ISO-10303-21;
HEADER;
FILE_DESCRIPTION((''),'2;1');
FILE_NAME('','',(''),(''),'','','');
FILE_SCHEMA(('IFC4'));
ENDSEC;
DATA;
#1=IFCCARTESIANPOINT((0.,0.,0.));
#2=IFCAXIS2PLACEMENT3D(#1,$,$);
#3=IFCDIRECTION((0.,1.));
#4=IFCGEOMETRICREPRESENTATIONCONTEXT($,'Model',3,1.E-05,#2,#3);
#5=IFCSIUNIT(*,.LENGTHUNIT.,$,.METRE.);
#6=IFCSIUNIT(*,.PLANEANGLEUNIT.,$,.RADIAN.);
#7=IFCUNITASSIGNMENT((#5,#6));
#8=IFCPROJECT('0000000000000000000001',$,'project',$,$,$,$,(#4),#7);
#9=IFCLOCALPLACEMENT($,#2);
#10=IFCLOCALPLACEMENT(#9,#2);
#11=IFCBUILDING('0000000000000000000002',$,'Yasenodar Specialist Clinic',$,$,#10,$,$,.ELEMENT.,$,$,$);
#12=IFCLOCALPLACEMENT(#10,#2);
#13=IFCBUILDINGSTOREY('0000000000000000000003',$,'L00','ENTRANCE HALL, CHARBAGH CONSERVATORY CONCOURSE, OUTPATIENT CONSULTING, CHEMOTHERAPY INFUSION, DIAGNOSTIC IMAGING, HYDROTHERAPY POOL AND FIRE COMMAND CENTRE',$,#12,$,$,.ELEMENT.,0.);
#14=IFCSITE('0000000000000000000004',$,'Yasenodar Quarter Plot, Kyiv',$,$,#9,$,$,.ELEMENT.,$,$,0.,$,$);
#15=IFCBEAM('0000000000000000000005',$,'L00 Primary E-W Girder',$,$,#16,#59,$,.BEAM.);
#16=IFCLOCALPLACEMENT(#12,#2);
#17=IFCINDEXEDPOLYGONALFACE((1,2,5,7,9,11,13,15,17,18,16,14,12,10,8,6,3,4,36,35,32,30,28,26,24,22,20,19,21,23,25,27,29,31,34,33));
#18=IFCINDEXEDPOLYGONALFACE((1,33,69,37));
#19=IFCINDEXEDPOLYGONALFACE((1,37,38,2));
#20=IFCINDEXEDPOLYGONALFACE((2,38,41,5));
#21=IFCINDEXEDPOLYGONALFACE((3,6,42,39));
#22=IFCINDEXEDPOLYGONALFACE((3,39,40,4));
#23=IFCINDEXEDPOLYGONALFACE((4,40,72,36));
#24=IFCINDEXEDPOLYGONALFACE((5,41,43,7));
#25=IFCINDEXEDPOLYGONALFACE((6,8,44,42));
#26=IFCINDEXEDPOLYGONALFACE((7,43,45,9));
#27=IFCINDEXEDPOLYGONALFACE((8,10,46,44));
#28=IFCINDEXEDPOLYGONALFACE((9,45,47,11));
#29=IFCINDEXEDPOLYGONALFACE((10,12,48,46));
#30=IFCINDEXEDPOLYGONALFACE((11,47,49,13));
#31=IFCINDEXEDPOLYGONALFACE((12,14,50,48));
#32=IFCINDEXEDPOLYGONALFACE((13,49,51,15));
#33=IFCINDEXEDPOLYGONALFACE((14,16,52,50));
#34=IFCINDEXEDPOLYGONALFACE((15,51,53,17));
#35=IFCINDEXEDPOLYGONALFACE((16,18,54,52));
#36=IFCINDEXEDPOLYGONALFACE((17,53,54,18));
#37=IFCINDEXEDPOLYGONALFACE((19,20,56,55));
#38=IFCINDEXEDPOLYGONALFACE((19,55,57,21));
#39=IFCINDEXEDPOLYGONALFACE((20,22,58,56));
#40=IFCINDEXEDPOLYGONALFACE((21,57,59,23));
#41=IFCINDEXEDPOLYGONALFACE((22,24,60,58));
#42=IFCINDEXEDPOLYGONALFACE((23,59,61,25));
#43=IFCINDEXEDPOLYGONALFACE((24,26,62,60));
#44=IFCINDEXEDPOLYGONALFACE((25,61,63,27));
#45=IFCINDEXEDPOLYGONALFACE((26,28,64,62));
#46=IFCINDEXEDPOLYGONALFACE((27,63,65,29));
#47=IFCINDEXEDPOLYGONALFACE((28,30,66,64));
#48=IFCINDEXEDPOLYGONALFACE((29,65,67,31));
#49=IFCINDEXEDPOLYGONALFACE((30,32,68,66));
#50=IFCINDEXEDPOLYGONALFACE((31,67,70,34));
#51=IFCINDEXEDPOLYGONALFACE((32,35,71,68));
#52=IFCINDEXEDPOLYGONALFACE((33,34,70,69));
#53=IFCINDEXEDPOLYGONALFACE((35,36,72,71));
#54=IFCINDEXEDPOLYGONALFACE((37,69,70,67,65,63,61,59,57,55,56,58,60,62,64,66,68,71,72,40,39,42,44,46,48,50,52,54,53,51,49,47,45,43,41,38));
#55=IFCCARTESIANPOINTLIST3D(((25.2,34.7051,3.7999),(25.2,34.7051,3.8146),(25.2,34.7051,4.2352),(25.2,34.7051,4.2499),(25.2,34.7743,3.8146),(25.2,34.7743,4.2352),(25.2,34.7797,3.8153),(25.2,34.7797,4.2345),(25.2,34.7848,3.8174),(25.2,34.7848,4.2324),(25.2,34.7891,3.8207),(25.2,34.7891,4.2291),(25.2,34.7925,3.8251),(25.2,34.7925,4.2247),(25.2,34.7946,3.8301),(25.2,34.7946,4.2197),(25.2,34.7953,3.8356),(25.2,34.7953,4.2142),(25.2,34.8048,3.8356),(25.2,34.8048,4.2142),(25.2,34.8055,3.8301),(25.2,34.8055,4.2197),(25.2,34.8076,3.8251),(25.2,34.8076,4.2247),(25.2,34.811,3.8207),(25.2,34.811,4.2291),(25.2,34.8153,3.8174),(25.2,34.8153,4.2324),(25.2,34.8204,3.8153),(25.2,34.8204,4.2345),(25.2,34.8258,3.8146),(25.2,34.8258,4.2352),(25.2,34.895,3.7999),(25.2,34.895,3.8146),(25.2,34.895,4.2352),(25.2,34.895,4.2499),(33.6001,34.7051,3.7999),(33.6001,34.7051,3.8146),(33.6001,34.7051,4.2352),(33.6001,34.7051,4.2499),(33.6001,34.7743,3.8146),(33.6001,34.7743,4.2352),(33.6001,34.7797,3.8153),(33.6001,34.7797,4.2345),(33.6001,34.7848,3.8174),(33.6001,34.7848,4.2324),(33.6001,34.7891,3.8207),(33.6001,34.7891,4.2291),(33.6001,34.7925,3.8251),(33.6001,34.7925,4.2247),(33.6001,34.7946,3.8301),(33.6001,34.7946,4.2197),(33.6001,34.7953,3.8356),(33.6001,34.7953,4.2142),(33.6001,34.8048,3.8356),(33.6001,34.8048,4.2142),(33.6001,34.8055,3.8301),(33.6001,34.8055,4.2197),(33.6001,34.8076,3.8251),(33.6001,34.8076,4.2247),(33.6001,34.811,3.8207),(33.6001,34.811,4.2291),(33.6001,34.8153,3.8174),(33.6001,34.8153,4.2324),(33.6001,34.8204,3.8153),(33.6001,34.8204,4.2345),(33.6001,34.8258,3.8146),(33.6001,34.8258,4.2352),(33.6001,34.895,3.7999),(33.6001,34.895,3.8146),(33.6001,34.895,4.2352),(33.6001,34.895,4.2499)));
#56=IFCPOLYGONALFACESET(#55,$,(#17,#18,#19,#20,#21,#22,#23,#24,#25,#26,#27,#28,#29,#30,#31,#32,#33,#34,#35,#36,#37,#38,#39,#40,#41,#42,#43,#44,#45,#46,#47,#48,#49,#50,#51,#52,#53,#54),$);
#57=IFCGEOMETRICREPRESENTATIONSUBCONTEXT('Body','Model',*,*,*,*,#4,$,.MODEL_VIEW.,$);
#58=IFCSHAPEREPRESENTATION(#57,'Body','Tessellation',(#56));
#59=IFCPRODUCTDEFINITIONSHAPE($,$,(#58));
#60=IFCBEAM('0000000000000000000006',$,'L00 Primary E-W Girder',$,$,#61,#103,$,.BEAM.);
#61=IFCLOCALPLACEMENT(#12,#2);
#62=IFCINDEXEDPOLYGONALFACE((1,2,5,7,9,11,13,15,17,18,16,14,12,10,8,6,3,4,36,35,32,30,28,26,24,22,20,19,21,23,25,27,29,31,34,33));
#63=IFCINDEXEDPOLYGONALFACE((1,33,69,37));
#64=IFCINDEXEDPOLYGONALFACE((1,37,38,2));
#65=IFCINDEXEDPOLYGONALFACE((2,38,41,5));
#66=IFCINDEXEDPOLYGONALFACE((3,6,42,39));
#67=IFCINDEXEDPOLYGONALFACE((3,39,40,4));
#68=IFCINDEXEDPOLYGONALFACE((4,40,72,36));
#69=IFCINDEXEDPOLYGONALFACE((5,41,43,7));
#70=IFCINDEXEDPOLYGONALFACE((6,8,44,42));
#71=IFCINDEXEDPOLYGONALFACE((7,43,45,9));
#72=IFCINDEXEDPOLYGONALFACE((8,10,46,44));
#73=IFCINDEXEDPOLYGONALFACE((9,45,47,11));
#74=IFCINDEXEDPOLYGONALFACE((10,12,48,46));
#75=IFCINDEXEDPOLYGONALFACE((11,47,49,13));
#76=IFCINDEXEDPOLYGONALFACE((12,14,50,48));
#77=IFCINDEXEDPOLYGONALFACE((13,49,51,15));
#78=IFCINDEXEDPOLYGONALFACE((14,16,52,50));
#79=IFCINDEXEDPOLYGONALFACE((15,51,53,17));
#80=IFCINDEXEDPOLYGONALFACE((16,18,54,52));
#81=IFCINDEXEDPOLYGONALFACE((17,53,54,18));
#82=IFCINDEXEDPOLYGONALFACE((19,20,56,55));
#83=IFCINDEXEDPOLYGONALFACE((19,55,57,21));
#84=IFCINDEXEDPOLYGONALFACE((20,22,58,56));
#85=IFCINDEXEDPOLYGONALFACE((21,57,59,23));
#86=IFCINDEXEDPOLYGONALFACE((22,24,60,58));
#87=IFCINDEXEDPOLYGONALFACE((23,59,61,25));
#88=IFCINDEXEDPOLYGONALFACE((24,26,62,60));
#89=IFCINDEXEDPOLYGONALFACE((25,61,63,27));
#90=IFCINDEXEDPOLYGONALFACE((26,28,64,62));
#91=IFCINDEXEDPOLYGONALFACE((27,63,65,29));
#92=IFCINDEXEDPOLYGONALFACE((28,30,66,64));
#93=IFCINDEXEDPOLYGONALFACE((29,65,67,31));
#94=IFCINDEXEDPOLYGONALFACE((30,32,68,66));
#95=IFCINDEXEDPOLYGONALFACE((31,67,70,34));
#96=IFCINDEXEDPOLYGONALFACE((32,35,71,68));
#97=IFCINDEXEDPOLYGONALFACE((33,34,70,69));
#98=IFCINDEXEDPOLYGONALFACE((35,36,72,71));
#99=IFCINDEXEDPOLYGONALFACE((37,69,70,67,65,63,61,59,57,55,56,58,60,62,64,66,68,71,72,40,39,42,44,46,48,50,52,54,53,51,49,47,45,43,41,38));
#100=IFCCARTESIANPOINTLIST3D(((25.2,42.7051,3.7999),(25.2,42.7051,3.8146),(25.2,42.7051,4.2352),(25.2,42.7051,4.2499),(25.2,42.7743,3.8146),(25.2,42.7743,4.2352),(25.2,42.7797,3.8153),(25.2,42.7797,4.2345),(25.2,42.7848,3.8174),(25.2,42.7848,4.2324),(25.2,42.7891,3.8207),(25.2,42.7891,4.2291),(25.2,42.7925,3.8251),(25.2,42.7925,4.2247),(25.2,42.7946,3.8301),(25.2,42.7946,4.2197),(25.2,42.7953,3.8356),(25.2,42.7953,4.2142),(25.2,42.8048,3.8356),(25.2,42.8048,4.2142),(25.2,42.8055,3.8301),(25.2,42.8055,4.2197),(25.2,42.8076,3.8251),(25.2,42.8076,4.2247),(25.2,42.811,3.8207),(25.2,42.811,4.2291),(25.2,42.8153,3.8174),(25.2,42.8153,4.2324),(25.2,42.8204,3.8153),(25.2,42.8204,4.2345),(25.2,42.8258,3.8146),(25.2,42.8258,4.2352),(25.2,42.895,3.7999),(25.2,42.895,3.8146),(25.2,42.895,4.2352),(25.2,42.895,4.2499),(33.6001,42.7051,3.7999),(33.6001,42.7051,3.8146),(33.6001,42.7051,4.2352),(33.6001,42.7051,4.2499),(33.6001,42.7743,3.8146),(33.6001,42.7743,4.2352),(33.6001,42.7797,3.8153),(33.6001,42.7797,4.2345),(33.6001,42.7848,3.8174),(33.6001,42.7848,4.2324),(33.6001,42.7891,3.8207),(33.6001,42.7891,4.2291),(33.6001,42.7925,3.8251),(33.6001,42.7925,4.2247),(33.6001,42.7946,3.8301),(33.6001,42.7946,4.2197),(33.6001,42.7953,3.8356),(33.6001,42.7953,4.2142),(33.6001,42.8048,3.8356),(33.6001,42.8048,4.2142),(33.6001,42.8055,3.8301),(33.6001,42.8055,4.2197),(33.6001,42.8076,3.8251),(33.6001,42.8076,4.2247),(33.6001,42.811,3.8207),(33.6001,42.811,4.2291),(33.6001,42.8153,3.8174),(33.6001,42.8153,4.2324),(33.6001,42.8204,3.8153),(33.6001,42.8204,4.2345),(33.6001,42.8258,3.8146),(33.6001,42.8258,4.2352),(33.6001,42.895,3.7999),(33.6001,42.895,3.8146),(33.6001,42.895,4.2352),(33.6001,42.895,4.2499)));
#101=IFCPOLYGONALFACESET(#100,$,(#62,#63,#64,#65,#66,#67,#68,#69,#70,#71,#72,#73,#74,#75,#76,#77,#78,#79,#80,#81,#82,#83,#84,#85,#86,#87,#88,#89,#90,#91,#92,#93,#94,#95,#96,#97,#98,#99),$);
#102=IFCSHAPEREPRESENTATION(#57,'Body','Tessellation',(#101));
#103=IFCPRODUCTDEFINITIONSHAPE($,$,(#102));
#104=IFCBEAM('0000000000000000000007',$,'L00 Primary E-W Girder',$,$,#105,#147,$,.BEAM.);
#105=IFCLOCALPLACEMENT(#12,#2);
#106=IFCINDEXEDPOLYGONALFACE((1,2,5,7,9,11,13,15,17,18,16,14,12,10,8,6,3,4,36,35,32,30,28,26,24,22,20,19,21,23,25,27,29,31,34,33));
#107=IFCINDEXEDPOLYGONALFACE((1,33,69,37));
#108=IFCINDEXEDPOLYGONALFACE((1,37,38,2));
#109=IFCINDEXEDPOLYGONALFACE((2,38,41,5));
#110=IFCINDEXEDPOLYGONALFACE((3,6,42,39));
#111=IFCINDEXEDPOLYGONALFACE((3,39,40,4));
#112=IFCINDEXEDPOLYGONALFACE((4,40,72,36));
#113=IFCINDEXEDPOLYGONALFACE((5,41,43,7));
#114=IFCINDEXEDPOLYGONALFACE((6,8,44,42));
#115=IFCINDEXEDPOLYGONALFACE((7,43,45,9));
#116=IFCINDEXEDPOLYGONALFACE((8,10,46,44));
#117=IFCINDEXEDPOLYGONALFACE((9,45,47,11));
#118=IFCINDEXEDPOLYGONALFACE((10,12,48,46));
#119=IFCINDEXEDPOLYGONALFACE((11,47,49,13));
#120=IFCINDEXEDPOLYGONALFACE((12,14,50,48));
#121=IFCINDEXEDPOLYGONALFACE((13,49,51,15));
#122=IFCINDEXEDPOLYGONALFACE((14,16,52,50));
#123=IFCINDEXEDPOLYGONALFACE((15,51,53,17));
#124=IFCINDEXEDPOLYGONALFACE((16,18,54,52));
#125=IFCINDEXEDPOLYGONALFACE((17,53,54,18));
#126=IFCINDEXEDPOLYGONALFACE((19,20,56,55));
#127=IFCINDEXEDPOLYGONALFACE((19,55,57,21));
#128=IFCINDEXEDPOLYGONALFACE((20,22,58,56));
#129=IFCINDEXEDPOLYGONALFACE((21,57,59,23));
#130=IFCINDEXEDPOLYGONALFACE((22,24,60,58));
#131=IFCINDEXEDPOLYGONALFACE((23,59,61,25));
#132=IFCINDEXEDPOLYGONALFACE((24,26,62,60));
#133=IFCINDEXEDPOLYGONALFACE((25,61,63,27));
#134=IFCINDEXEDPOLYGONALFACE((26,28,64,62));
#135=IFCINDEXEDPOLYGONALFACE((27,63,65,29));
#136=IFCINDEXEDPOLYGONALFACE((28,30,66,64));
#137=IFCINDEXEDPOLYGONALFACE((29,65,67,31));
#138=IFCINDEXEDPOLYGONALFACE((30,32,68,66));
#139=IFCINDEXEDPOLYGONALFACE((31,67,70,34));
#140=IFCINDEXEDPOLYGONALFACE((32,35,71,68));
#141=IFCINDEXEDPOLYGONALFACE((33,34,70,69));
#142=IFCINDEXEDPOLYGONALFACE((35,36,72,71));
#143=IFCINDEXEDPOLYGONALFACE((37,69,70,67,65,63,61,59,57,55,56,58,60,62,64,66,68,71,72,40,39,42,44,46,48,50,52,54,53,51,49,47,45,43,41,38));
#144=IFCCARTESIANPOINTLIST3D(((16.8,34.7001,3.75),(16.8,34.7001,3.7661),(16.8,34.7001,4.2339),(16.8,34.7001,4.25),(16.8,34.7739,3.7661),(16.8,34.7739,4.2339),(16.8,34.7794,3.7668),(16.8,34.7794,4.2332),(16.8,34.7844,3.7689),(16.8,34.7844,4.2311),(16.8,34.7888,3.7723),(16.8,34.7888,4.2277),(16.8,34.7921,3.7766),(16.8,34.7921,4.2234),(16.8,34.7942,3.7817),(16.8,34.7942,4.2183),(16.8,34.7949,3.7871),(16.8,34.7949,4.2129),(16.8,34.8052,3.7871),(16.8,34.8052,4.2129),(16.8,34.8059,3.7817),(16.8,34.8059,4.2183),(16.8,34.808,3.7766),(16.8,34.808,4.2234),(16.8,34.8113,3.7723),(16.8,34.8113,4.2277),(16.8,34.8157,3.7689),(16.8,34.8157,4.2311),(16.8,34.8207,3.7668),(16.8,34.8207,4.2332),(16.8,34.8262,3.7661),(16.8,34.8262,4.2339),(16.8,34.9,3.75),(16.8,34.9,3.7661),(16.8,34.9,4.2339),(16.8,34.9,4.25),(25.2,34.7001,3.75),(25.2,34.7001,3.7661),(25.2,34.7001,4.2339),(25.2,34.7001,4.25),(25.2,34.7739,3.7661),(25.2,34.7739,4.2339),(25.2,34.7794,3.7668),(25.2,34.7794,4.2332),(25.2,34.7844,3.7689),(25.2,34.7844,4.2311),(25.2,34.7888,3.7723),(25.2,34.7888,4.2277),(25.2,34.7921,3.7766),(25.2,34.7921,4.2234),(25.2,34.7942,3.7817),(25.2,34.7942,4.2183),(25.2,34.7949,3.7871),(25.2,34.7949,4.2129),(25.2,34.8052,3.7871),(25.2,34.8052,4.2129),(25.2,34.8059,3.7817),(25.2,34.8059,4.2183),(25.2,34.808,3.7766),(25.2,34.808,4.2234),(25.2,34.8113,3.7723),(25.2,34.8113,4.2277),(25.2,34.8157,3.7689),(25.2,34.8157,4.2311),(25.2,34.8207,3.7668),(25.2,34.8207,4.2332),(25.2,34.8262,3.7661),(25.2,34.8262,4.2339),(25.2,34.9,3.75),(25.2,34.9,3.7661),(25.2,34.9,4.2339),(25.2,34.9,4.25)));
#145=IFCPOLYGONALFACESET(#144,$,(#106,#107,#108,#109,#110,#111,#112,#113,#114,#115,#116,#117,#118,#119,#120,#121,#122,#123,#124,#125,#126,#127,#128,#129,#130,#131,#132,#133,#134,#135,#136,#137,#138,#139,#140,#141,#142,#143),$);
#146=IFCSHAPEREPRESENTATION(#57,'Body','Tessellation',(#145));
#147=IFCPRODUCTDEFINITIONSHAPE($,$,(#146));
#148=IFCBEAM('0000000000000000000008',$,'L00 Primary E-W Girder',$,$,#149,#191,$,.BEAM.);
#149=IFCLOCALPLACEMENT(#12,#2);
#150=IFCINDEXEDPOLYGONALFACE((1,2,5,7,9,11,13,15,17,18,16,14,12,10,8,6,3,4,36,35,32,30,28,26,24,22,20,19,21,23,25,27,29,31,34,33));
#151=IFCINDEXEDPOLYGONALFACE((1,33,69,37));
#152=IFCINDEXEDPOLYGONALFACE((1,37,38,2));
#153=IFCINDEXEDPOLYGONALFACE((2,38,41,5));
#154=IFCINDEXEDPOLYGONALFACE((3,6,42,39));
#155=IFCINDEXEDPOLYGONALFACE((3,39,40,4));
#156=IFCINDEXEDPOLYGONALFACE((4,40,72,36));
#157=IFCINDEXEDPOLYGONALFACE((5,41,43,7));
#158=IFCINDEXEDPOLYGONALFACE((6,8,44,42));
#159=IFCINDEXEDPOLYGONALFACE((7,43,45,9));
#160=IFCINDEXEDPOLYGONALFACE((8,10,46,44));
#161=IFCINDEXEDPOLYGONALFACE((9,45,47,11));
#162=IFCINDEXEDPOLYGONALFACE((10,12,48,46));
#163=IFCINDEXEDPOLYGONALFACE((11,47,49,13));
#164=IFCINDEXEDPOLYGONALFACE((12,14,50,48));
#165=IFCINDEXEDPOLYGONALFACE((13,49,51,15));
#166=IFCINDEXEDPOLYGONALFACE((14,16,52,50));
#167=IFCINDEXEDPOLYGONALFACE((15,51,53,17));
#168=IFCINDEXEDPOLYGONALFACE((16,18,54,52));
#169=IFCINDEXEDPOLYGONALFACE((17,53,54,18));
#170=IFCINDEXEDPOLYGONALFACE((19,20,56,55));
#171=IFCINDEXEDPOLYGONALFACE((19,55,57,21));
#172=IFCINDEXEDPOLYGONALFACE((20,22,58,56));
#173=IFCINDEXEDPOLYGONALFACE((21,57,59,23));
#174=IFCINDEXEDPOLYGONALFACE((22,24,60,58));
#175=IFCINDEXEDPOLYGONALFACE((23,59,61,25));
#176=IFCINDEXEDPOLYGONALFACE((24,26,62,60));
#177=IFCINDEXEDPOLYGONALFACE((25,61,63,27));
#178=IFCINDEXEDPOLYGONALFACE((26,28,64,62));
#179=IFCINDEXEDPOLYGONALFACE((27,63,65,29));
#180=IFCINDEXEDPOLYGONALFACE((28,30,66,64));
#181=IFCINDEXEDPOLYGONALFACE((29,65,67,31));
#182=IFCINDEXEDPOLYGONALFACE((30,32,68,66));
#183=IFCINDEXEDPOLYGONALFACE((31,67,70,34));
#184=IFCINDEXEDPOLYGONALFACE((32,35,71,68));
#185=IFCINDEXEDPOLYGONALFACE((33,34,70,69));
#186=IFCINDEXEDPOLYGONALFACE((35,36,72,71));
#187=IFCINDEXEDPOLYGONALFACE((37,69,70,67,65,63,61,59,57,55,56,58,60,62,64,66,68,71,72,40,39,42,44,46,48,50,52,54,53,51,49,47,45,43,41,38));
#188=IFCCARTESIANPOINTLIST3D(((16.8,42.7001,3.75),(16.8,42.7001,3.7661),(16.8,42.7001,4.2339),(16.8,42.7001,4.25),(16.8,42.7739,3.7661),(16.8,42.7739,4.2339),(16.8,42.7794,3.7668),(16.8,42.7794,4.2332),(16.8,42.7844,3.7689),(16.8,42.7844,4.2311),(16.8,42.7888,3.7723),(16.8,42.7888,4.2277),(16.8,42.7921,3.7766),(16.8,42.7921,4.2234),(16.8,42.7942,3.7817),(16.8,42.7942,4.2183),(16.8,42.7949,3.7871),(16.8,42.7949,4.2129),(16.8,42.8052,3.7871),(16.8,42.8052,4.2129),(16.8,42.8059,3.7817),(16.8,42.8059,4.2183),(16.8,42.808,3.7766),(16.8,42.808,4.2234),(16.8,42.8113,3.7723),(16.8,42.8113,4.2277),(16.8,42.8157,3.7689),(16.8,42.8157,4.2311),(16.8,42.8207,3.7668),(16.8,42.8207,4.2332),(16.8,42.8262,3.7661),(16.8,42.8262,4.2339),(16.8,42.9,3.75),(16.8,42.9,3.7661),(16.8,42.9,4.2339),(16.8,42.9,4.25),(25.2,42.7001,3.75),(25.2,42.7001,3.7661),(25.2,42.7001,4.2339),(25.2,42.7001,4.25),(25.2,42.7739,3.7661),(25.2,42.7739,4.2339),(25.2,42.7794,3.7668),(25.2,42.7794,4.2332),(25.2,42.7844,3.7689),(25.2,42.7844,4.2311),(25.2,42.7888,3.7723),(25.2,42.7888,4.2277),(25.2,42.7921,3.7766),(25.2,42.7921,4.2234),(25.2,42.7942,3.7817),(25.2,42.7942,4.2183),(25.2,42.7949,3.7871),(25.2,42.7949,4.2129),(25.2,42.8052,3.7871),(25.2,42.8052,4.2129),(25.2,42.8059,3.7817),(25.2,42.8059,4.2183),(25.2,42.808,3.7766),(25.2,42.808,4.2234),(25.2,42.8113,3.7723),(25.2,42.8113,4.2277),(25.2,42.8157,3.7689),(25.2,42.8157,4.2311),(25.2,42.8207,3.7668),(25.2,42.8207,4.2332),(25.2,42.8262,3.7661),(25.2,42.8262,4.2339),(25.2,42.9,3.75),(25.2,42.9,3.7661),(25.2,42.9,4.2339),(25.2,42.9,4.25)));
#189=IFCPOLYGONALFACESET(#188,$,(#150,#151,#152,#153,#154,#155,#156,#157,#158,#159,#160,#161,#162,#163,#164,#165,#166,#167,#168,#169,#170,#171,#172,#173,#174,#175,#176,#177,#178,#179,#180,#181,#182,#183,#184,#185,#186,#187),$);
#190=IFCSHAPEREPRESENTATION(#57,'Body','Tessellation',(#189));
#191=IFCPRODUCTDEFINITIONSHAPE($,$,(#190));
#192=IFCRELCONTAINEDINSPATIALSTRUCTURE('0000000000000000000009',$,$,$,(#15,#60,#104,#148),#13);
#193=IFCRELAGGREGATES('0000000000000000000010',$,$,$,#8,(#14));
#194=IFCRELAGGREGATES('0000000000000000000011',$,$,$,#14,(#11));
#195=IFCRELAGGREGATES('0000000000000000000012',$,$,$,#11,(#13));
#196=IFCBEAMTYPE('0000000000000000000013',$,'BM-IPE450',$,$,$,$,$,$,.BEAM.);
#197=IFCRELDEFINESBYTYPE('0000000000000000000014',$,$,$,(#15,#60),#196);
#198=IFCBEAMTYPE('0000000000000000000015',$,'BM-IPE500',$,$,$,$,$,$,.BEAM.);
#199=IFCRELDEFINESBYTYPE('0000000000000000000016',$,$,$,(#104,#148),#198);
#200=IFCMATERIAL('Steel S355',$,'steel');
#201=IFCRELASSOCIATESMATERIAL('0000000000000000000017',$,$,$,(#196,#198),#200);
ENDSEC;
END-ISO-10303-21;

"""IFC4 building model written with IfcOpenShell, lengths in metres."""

from ifc_helpers import new_model, si_unit, direction, frame, origin, origin_2d, place, context, subcontext, project, spatial, i_section, extrude, material, material_profile, profile_set, type_object, element, save


model = new_model("IFC4")

# Units and contexts
model_context = context("Model", 3, precision=1e-05, world=origin(), true_north=direction((0.0, 1.0)))
body_context = subcontext(model_context, "Body", "Model", "MODEL_VIEW")
ifc_project = project(units=[si_unit("LENGTHUNIT", "METRE"), si_unit("PLANEANGLEUNIT", "RADIAN")], contexts=[model_context])

# Site, building, storey
site_placement = place(None, origin())
site = spatial("IfcSite", under=ifc_project, at=site_placement, Name="Yasenodar Quarter Plot, Kyiv", CompositionType="ELEMENT", RefElevation=0.0)
building_placement = place(site_placement, origin())
building = spatial("IfcBuilding", under=site, at=building_placement, Name="Yasenodar Specialist Clinic", CompositionType="ELEMENT")
storey_placement = place(building_placement, origin())
storey = spatial("IfcBuildingStorey", under=building, at=storey_placement, Name="L00", Description="ENTRANCE HALL, CHARBAGH CONSERVATORY CONCOURSE, OUTPATIENT CONSULTING, CHEMOTHERAPY INFUSION, DIAGNOSTIC IMAGING, HYDROTHERAPY POOL AND FIRE COMMAND CENTRE", CompositionType="ELEMENT", Elevation=0.0)

# Shared definitions
ifc_material_1 = material(Name="Steel S355", Category="steel")

# Beams
ifc_material_profile_1 = material_profile(ifc_material_1, i_section(OverallWidth=0.1899, OverallDepth=0.45, WebThickness=0.0095, FlangeThickness=0.0146, FilletRadius=0.021, at=origin_2d()), Name="IPE 450")
ifc_profile_set_1 = profile_set([ifc_material_profile_1], Name="Steel S355")
beam_type_1 = type_object("IfcBeamType", Name="BM-IPE450", PredefinedType="BEAM", material=ifc_profile_set_1)
for number, where, z_axis, x_axis, name in (
    (1, (25.2, 34.8, 4.0249), (1.0, 0.0, 0.0), (0.0, 1.0, 0.0), "L00 Primary E-W Girder"),
    (2, (25.2, 42.8, 4.0249), (1.0, 0.0, 0.0), (0.0, 1.0, 0.0), "L00 Primary E-W Girder"),
):
    element("IfcBeam", number, at=place(storey_placement, frame(where, z_axis=z_axis, x_axis=x_axis)), inside=storey, type_object=beam_type_1, Name=name, PredefinedType="BEAM", context=body_context, shape_type="SweptSolid", body=[
        extrude(i_section(OverallWidth=0.1899, OverallDepth=0.45, WebThickness=0.0095, FlangeThickness=0.0146, FilletRadius=0.021, at=origin_2d()), origin(), (0.0, 0.0, 1.0), 8.4001),
    ])
ifc_material_profile_2 = material_profile(ifc_material_1, i_section(OverallWidth=0.2, OverallDepth=0.5, WebThickness=0.0103, FlangeThickness=0.0161, FilletRadius=0.021, at=origin_2d()), Name="IPE 500")
ifc_profile_set_2 = profile_set([ifc_material_profile_2], Name="Steel S355")
beam_type_2 = type_object("IfcBeamType", Name="BM-IPE500", PredefinedType="BEAM", material=ifc_profile_set_2)
for number, where, z_axis, x_axis, name in (
    (3, (16.8, 34.8, 4.0), (1.0, 0.0, 0.0), (0.0, 1.0, 0.0), "L00 Primary E-W Girder"),
    (4, (16.8, 42.8, 4.0), (1.0, 0.0, 0.0), (0.0, 1.0, 0.0), "L00 Primary E-W Girder"),
):
    element("IfcBeam", number, at=place(storey_placement, frame(where, z_axis=z_axis, x_axis=x_axis)), inside=storey, type_object=beam_type_2, Name=name, PredefinedType="BEAM", context=body_context, shape_type="SweptSolid", body=[
        extrude(i_section(OverallWidth=0.2, OverallDepth=0.5, WebThickness=0.0103, FlangeThickness=0.0161, FilletRadius=0.021, at=origin_2d()), origin(), (0.0, 0.0, 1.0), 8.3999),
    ])

save(model, "model.ifc")
